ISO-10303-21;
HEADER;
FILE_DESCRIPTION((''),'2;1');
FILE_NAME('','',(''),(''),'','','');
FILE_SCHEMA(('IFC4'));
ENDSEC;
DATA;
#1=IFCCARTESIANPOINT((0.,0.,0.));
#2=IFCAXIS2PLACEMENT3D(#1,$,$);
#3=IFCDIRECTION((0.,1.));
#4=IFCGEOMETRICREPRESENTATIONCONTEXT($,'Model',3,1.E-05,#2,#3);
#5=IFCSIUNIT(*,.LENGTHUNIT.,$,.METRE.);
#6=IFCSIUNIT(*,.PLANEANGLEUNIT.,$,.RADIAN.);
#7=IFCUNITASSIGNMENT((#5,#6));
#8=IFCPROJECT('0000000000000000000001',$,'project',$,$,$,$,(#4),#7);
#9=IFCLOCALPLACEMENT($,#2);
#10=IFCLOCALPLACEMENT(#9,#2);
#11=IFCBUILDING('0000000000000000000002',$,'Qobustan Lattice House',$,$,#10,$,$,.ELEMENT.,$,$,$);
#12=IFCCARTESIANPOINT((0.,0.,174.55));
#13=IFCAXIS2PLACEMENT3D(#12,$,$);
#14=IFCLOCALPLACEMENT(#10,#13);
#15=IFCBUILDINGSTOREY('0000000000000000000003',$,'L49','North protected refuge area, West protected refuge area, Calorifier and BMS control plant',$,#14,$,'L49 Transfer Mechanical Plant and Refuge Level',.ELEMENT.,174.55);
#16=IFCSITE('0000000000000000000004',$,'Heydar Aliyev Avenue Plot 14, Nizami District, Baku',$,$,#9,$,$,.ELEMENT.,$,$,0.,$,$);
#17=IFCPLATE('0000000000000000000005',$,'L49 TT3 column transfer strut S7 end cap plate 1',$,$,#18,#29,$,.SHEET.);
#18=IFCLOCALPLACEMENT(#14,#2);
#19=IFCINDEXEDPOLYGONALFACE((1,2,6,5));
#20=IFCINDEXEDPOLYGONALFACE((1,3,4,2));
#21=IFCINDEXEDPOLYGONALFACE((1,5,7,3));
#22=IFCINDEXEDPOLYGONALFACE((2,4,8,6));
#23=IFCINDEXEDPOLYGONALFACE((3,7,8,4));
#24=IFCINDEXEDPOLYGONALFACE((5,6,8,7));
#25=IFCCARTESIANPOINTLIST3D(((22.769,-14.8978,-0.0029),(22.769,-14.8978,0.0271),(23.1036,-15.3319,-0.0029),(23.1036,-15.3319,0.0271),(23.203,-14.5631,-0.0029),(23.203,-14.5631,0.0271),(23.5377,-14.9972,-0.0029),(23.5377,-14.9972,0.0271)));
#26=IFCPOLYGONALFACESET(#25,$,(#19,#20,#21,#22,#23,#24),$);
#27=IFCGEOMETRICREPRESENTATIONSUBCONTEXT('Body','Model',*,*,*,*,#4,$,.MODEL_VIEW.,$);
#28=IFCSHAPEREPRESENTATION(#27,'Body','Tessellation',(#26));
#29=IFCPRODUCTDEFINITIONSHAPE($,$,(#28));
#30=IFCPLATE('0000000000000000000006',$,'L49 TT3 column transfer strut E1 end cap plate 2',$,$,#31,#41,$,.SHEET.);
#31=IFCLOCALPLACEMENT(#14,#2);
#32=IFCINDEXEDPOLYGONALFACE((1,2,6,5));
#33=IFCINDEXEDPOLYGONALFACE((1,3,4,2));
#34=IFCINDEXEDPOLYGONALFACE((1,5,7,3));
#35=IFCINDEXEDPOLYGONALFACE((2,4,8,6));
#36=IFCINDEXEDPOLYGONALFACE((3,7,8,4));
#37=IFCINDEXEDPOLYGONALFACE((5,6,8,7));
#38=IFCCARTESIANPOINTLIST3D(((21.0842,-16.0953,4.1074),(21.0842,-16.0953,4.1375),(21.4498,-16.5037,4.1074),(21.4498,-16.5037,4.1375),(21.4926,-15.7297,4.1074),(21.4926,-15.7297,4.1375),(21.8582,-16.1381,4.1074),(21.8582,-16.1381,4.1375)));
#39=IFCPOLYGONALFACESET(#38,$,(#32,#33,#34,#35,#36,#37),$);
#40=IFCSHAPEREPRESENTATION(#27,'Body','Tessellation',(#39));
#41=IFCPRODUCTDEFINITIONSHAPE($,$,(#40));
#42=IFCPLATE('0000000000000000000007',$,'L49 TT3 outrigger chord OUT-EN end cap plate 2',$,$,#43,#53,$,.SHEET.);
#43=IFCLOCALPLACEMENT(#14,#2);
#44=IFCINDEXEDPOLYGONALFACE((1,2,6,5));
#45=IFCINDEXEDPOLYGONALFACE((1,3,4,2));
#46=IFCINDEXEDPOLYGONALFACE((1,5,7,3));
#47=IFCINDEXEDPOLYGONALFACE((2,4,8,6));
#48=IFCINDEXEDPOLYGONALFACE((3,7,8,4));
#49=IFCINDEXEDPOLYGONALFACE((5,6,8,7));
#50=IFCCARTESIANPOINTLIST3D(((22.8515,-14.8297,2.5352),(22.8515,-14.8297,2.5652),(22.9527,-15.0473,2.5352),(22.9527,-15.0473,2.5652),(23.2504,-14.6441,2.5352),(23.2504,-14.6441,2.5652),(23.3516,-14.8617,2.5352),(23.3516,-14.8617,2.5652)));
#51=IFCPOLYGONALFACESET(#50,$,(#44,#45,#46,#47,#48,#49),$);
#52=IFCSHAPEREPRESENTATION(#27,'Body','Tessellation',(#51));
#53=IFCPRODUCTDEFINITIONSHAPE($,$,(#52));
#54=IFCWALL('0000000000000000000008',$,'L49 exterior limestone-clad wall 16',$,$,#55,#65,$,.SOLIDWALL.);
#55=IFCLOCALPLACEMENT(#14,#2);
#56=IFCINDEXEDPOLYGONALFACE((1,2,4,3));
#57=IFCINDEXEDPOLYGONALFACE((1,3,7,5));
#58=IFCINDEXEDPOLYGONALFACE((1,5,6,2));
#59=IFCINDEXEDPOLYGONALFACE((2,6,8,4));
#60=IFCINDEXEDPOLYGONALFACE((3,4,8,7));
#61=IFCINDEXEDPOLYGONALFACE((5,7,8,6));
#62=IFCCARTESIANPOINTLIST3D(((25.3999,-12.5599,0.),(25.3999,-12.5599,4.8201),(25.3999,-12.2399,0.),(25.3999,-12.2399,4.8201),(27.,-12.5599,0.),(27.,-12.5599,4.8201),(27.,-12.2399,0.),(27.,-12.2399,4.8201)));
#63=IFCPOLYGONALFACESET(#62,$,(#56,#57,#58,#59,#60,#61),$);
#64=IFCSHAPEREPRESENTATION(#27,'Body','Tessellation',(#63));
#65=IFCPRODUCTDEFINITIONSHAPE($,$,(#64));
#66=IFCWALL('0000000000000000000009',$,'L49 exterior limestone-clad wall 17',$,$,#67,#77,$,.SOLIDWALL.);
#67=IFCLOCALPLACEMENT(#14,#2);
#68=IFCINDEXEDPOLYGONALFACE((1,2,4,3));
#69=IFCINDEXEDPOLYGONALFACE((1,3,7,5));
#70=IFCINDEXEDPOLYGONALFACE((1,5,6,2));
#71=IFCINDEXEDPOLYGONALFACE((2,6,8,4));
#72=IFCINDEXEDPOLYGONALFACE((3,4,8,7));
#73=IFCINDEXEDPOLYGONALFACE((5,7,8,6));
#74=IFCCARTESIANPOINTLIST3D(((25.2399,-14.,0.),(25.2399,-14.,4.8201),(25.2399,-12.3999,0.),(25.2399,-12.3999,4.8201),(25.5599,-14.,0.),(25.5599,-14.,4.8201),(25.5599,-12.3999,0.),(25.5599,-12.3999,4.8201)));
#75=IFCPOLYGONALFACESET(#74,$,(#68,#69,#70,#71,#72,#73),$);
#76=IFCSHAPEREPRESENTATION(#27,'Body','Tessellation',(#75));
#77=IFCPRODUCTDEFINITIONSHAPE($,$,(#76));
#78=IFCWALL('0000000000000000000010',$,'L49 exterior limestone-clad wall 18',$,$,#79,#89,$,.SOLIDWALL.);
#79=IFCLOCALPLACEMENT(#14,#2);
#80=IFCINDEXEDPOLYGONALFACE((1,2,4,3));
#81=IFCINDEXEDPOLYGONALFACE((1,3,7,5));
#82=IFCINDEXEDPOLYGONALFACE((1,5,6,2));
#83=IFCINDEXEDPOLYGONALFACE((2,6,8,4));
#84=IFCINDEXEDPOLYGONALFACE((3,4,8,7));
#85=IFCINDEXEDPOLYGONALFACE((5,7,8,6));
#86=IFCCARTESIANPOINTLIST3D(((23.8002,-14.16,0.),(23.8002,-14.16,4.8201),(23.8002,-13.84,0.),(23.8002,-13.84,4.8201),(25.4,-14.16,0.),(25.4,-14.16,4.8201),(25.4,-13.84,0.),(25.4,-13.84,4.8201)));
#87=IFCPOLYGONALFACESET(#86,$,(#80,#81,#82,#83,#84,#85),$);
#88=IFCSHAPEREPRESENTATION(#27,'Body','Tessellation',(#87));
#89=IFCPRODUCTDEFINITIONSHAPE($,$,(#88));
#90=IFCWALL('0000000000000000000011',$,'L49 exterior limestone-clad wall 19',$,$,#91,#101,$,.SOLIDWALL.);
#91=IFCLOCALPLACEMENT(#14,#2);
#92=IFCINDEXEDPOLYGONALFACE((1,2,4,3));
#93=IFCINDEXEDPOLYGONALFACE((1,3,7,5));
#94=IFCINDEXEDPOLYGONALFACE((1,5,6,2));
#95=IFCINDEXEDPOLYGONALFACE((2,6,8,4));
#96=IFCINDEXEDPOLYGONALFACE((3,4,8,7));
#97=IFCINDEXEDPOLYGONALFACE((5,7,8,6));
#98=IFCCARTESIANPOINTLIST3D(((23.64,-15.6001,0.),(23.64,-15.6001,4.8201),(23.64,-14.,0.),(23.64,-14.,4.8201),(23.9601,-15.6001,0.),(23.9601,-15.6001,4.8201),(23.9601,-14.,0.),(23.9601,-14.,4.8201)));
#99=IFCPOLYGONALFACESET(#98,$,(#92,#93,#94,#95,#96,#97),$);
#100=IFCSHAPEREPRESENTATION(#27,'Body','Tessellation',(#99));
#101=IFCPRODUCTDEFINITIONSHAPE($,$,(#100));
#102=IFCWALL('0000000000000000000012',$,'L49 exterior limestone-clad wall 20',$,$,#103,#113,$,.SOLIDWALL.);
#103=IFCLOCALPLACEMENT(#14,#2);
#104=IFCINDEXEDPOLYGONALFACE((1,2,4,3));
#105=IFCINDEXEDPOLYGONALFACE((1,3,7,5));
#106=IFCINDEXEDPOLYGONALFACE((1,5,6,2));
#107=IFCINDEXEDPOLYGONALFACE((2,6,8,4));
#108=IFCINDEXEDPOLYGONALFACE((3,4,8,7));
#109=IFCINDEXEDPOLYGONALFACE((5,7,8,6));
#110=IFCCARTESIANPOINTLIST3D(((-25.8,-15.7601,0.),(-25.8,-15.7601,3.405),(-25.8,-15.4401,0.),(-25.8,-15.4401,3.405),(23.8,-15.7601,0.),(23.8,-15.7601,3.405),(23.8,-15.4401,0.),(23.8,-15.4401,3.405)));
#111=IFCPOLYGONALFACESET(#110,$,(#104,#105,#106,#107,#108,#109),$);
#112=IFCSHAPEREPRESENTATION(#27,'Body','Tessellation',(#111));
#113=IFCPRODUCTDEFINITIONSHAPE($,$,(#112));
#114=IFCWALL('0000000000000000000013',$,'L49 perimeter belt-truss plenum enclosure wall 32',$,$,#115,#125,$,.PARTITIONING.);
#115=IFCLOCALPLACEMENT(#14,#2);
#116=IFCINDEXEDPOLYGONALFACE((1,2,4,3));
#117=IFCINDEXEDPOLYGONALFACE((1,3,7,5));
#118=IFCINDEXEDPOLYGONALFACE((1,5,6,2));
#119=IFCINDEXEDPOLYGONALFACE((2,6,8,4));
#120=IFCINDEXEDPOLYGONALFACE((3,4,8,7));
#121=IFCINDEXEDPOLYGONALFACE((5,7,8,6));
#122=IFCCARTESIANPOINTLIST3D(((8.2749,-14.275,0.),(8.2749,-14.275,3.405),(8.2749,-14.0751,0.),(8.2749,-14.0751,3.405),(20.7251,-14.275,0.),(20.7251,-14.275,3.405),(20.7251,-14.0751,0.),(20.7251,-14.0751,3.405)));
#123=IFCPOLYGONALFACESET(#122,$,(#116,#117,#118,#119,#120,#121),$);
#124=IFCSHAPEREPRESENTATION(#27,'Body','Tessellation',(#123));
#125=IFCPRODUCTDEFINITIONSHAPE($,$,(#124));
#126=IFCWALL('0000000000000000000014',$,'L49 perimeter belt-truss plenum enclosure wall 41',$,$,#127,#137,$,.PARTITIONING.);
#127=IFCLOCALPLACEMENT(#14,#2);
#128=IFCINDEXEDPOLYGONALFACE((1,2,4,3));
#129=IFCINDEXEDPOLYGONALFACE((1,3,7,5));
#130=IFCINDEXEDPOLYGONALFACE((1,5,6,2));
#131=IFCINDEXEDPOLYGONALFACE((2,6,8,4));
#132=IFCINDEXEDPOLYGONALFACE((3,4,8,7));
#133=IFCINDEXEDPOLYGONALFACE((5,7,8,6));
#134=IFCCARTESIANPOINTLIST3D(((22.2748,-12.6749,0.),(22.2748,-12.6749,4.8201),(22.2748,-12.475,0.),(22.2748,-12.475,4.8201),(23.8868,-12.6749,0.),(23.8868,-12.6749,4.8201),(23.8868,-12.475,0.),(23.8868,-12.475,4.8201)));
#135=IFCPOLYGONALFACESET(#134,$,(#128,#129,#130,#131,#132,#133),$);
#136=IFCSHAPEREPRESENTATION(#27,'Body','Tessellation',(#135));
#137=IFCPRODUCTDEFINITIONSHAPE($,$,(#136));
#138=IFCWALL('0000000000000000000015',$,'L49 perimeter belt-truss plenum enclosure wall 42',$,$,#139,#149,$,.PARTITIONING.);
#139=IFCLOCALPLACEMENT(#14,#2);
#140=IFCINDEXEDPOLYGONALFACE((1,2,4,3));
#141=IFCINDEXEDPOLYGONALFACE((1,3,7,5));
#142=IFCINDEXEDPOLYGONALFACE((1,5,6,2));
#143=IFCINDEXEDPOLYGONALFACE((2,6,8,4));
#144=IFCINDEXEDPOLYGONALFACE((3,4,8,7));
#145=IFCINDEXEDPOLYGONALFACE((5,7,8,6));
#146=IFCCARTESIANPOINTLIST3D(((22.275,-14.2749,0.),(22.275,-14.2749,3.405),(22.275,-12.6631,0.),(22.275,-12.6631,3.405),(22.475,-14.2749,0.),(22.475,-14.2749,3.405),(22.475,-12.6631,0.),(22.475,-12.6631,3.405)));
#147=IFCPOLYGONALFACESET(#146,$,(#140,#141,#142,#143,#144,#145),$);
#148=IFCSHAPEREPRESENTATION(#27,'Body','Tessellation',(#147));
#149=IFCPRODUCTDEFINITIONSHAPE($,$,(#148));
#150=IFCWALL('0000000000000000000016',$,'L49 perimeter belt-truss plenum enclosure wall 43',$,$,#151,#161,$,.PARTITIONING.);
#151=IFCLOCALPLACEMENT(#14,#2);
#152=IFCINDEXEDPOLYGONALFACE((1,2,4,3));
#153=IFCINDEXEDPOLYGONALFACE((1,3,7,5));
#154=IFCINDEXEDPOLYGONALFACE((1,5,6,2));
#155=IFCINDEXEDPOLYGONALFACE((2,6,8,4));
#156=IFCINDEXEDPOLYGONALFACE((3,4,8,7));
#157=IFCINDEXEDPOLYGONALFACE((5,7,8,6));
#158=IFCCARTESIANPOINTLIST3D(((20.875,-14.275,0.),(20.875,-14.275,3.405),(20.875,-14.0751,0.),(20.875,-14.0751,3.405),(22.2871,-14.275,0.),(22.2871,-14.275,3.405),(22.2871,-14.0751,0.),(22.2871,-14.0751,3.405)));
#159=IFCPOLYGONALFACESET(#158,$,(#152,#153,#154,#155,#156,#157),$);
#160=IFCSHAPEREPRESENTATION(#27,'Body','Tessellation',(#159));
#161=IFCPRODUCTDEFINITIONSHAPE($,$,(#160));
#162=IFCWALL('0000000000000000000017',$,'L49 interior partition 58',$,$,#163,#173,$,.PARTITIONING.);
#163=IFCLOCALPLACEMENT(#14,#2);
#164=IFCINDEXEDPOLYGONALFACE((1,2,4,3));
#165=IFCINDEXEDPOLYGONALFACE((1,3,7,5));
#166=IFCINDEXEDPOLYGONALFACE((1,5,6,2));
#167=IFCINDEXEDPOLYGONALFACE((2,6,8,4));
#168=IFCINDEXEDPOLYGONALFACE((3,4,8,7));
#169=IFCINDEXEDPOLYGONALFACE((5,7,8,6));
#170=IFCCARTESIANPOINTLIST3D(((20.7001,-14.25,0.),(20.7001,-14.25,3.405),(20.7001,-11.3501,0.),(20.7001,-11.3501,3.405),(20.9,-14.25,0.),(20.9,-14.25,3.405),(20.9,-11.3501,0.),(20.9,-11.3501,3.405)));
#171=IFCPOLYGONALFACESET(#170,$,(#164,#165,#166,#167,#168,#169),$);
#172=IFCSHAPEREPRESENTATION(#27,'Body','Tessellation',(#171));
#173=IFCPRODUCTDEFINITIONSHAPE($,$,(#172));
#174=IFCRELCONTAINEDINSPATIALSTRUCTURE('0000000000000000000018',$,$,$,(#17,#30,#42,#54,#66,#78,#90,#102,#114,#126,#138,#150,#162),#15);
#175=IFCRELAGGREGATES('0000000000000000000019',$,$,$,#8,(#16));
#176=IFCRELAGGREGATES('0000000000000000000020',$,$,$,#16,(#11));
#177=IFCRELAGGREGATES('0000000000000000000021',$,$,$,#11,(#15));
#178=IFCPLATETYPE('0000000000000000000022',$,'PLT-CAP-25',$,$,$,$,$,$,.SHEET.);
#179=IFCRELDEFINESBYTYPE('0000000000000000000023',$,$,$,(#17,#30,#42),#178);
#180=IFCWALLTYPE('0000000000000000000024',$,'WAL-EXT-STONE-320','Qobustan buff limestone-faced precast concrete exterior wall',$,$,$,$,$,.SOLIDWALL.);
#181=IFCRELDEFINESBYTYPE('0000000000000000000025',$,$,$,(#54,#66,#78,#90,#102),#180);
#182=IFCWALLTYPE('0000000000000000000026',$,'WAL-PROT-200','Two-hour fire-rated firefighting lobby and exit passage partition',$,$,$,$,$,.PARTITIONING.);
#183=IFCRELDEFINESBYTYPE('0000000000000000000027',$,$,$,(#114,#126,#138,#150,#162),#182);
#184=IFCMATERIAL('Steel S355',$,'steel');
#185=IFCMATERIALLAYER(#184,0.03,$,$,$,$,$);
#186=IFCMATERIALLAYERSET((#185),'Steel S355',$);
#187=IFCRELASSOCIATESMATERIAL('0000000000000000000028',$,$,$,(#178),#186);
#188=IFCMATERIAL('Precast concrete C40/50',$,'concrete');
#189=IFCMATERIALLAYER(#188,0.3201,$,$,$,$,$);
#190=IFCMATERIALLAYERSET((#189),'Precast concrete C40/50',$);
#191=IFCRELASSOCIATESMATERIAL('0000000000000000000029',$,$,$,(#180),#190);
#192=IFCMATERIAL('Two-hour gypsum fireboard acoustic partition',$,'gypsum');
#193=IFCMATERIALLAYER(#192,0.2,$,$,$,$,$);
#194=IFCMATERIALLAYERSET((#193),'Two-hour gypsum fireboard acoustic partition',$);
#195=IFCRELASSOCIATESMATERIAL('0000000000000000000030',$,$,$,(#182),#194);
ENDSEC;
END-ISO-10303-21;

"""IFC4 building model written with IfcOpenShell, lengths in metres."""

from ifc_helpers import new_model, si_unit, direction, frame, frame_2d, origin, origin_2d, place, context, subcontext, project, spatial, rectangle, extrude, material, layer, layer_set, type_object, element, save


model = new_model("IFC4")

# Units and contexts
model_context = context("Model", 3, precision=1e-05, world=origin(), true_north=direction((0.0, 1.0)))
body_context = subcontext(model_context, "Body", "Model", "MODEL_VIEW")
ifc_project = project(units=[si_unit("LENGTHUNIT", "METRE"), si_unit("PLANEANGLEUNIT", "RADIAN")], contexts=[model_context])

# Site, building, storey
site_placement = place(None, origin())
site = spatial("IfcSite", under=ifc_project, at=site_placement, Name="Heydar Aliyev Avenue Plot 14, Nizami District, Baku", CompositionType="ELEMENT", RefElevation=0.0)
building_placement = place(site_placement, origin())
building = spatial("IfcBuilding", under=site, at=building_placement, Name="Qobustan Lattice House", CompositionType="ELEMENT")
storey_placement = place(building_placement, frame((0.0, 0.0, 174.55)))
storey = spatial("IfcBuildingStorey", under=building, at=storey_placement, Name="L49", Description="North protected refuge area, West protected refuge area, Calorifier and BMS control plant", LongName="L49 Transfer Mechanical Plant and Refuge Level", CompositionType="ELEMENT", Elevation=174.55)

# Plates
ifc_material_1 = material(Name="Steel S355", Category="steel")
ifc_layer_1 = layer(ifc_material_1, 0.03)
ifc_layer_set_1 = layer_set([ifc_layer_1], Name="Steel S355")
plate_type = type_object("IfcPlateType", Name="PLT-CAP-25", PredefinedType="SHEET", material=ifc_layer_set_1)
for number, where, z_axis, x_axis, name in (
    (1, (23.1533, -14.9475, -0.0029), (0.0, 0.0, 1.0), (-0.791938, -0.610601, 0.0), "L49 TT3 column transfer strut S7 end cap plate 1"),
    (2, (21.4712, -16.1167, 4.1074), (0.0, 0.0, 1.0), (-0.745115, -0.666936, 0.0), "L49 TT3 column transfer strut E1 end cap plate 2"),
):
    element("IfcPlate", number, at=place(storey_placement, frame(where, z_axis=z_axis, x_axis=x_axis)), inside=storey, type_object=plate_type, Name=name, PredefinedType="SHEET", context=body_context, shape_type="SweptSolid", body=[
        extrude(rectangle(XDim=0.5481, YDim=0.5481, at=origin_2d()), origin(), (0.0, 0.0, 1.0), 0.03),
    ])
plate_1_placement = place(storey_placement, frame((23.1016, -14.8457, 2.5352), z_axis=(0.0, 0.0, 1.0), x_axis=(0.421827, -0.906676, 0.0)))
element("IfcPlate", 3, at=plate_1_placement, inside=storey, type_object=plate_type, Name="L49 TT3 outrigger chord OUT-EN end cap plate 2", PredefinedType="SHEET", context=body_context, shape_type="SweptSolid", body=[
    extrude(rectangle(XDim=0.24, YDim=0.4399, at=origin_2d()), origin(), (0.0, 0.0, 1.0), 0.03),
])

# Walls
ifc_material_2 = material(Name="Precast concrete C40/50", Category="concrete")
ifc_layer_2 = layer(ifc_material_2, 0.3201)
ifc_layer_set_2 = layer_set([ifc_layer_2], Name="Precast concrete C40/50")
wall_type_1 = type_object("IfcWallType", Name="WAL-EXT-STONE-320", Description="Qobustan buff limestone-faced precast concrete exterior wall", PredefinedType="SOLIDWALL", material=ifc_layer_set_2)
for number, where, z_axis, x_axis, name in (
    (4, (27.0, -12.3999, 0.0), (0.0, 0.0, 1.0), (-1.0, 0.0, 0.0), "L49 exterior limestone-clad wall 16"),
    (5, (25.3999, -12.3999, 0.0), (0.0, 0.0, 1.0), (0.0, -1.0, 0.0), "L49 exterior limestone-clad wall 17"),
):
    element("IfcWall", number, at=place(storey_placement, frame(where, z_axis=z_axis, x_axis=x_axis)), inside=storey, type_object=wall_type_1, Name=name, PredefinedType="SOLIDWALL", context=body_context, shape_type="SweptSolid", body=[
        extrude(rectangle(XDim=1.6001, YDim=0.3201, at=frame_2d((0.8, 0.0))), origin(), (0.0, 0.0, 1.0), 4.8201),
    ])
wall_1_placement = place(storey_placement, frame((25.3999, -14.0, 0.0), z_axis=(0.0, 0.0, 1.0), x_axis=(-1.0, 0.0, 0.0)))
element("IfcWall", 6, at=wall_1_placement, inside=storey, type_object=wall_type_1, Name="L49 exterior limestone-clad wall 18", PredefinedType="SOLIDWALL", context=body_context, shape_type="SweptSolid", body=[
    extrude(rectangle(XDim=1.5999, YDim=0.3201, at=frame_2d((0.7998, 0.0))), origin(), (0.0, 0.0, 1.0), 4.8201),
])
wall_2_placement = place(storey_placement, frame((23.8, -14.0, 0.0), z_axis=(0.0, 0.0, 1.0), x_axis=(0.0, -1.0, 0.0)))
element("IfcWall", 7, at=wall_2_placement, inside=storey, type_object=wall_type_1, Name="L49 exterior limestone-clad wall 19", PredefinedType="SOLIDWALL", context=body_context, shape_type="SweptSolid", body=[
    extrude(rectangle(XDim=1.6001, YDim=0.3201, at=frame_2d((0.8, 0.0))), origin(), (0.0, 0.0, 1.0), 4.8201),
])
wall_3_placement = place(storey_placement, frame((23.8, -15.6001, 0.0), z_axis=(0.0, 0.0, 1.0), x_axis=(-1.0, 0.0, 0.0)))
element("IfcWall", 8, at=wall_3_placement, inside=storey, type_object=wall_type_1, Name="L49 exterior limestone-clad wall 20", PredefinedType="SOLIDWALL", context=body_context, shape_type="SweptSolid", body=[
    extrude(rectangle(XDim=49.6001, YDim=0.3201, at=frame_2d((24.8, 0.0))), origin(), (0.0, 0.0, 1.0), 3.405),
])
ifc_material_3 = material(Name="Two-hour gypsum fireboard acoustic partition", Category="gypsum")
ifc_layer_3 = layer(ifc_material_3, 0.2)
ifc_layer_set_3 = layer_set([ifc_layer_3], Name="Two-hour gypsum fireboard acoustic partition")
wall_type_2 = type_object("IfcWallType", Name="WAL-PROT-200", Description="Two-hour fire-rated firefighting lobby and exit passage partition", PredefinedType="PARTITIONING", material=ifc_layer_set_3)
wall_4_placement = place(storey_placement, frame((20.7251, -14.175, 0.0), z_axis=(0.0, 0.0, 1.0), x_axis=(-1.0, 0.0, 0.0)))
element("IfcWall", 9, at=wall_4_placement, inside=storey, type_object=wall_type_2, Name="L49 perimeter belt-truss plenum enclosure wall 32", PredefinedType="PARTITIONING", context=body_context, shape_type="SweptSolid", body=[
    extrude(rectangle(XDim=12.4502, YDim=0.2, at=frame_2d((6.2251, 0.0))), origin(), (0.0, 0.0, 1.0), 3.405),
])
wall_5_placement = place(storey_placement, frame((23.887, -12.575, 0.0), z_axis=(0.0, 0.0, 1.0), x_axis=(-1.0, 0.0, 0.0)))
element("IfcWall", 10, at=wall_5_placement, inside=storey, type_object=wall_type_2, Name="L49 perimeter belt-truss plenum enclosure wall 41", PredefinedType="PARTITIONING", context=body_context, shape_type="SweptSolid", body=[
    extrude(rectangle(XDim=1.6121, YDim=0.2, at=frame_2d((0.8062, 0.0))), origin(), (0.0, 0.0, 1.0), 4.8201),
])
wall_6_placement = place(storey_placement, frame((22.375, -12.6631, 0.0), z_axis=(0.0, 0.0, 1.0), x_axis=(0.0, -1.0, 0.0)))
element("IfcWall", 11, at=wall_6_placement, inside=storey, type_object=wall_type_2, Name="L49 perimeter belt-truss plenum enclosure wall 42", PredefinedType="PARTITIONING", context=body_context, shape_type="SweptSolid", body=[
    extrude(rectangle(XDim=1.6118, YDim=0.2, at=frame_2d((0.8059, 0.0))), origin(), (0.0, 0.0, 1.0), 3.405),
])
wall_7_placement = place(storey_placement, frame((22.2871, -14.175, 0.0), z_axis=(0.0, 0.0, 1.0), x_axis=(-1.0, 0.0, 0.0)))
element("IfcWall", 12, at=wall_7_placement, inside=storey, type_object=wall_type_2, Name="L49 perimeter belt-truss plenum enclosure wall 43", PredefinedType="PARTITIONING", context=body_context, shape_type="SweptSolid", body=[
    extrude(rectangle(XDim=1.4121, YDim=0.2, at=frame_2d((0.7061, 0.0))), origin(), (0.0, 0.0, 1.0), 3.405),
])
wall_8_placement = place(storey_placement, frame((20.8, -14.25, 0.0), z_axis=(0.0, 0.0, 1.0), x_axis=(0.0, 1.0, 0.0)))
element("IfcWall", 13, at=wall_8_placement, inside=storey, type_object=wall_type_2, Name="L49 interior partition 58", PredefinedType="PARTITIONING", context=body_context, shape_type="SweptSolid", body=[
    extrude(rectangle(XDim=2.8999, YDim=0.2, at=frame_2d((1.45, 0.0))), origin(), (0.0, 0.0, 1.0), 3.405),
])

save(model, "model.ifc")
